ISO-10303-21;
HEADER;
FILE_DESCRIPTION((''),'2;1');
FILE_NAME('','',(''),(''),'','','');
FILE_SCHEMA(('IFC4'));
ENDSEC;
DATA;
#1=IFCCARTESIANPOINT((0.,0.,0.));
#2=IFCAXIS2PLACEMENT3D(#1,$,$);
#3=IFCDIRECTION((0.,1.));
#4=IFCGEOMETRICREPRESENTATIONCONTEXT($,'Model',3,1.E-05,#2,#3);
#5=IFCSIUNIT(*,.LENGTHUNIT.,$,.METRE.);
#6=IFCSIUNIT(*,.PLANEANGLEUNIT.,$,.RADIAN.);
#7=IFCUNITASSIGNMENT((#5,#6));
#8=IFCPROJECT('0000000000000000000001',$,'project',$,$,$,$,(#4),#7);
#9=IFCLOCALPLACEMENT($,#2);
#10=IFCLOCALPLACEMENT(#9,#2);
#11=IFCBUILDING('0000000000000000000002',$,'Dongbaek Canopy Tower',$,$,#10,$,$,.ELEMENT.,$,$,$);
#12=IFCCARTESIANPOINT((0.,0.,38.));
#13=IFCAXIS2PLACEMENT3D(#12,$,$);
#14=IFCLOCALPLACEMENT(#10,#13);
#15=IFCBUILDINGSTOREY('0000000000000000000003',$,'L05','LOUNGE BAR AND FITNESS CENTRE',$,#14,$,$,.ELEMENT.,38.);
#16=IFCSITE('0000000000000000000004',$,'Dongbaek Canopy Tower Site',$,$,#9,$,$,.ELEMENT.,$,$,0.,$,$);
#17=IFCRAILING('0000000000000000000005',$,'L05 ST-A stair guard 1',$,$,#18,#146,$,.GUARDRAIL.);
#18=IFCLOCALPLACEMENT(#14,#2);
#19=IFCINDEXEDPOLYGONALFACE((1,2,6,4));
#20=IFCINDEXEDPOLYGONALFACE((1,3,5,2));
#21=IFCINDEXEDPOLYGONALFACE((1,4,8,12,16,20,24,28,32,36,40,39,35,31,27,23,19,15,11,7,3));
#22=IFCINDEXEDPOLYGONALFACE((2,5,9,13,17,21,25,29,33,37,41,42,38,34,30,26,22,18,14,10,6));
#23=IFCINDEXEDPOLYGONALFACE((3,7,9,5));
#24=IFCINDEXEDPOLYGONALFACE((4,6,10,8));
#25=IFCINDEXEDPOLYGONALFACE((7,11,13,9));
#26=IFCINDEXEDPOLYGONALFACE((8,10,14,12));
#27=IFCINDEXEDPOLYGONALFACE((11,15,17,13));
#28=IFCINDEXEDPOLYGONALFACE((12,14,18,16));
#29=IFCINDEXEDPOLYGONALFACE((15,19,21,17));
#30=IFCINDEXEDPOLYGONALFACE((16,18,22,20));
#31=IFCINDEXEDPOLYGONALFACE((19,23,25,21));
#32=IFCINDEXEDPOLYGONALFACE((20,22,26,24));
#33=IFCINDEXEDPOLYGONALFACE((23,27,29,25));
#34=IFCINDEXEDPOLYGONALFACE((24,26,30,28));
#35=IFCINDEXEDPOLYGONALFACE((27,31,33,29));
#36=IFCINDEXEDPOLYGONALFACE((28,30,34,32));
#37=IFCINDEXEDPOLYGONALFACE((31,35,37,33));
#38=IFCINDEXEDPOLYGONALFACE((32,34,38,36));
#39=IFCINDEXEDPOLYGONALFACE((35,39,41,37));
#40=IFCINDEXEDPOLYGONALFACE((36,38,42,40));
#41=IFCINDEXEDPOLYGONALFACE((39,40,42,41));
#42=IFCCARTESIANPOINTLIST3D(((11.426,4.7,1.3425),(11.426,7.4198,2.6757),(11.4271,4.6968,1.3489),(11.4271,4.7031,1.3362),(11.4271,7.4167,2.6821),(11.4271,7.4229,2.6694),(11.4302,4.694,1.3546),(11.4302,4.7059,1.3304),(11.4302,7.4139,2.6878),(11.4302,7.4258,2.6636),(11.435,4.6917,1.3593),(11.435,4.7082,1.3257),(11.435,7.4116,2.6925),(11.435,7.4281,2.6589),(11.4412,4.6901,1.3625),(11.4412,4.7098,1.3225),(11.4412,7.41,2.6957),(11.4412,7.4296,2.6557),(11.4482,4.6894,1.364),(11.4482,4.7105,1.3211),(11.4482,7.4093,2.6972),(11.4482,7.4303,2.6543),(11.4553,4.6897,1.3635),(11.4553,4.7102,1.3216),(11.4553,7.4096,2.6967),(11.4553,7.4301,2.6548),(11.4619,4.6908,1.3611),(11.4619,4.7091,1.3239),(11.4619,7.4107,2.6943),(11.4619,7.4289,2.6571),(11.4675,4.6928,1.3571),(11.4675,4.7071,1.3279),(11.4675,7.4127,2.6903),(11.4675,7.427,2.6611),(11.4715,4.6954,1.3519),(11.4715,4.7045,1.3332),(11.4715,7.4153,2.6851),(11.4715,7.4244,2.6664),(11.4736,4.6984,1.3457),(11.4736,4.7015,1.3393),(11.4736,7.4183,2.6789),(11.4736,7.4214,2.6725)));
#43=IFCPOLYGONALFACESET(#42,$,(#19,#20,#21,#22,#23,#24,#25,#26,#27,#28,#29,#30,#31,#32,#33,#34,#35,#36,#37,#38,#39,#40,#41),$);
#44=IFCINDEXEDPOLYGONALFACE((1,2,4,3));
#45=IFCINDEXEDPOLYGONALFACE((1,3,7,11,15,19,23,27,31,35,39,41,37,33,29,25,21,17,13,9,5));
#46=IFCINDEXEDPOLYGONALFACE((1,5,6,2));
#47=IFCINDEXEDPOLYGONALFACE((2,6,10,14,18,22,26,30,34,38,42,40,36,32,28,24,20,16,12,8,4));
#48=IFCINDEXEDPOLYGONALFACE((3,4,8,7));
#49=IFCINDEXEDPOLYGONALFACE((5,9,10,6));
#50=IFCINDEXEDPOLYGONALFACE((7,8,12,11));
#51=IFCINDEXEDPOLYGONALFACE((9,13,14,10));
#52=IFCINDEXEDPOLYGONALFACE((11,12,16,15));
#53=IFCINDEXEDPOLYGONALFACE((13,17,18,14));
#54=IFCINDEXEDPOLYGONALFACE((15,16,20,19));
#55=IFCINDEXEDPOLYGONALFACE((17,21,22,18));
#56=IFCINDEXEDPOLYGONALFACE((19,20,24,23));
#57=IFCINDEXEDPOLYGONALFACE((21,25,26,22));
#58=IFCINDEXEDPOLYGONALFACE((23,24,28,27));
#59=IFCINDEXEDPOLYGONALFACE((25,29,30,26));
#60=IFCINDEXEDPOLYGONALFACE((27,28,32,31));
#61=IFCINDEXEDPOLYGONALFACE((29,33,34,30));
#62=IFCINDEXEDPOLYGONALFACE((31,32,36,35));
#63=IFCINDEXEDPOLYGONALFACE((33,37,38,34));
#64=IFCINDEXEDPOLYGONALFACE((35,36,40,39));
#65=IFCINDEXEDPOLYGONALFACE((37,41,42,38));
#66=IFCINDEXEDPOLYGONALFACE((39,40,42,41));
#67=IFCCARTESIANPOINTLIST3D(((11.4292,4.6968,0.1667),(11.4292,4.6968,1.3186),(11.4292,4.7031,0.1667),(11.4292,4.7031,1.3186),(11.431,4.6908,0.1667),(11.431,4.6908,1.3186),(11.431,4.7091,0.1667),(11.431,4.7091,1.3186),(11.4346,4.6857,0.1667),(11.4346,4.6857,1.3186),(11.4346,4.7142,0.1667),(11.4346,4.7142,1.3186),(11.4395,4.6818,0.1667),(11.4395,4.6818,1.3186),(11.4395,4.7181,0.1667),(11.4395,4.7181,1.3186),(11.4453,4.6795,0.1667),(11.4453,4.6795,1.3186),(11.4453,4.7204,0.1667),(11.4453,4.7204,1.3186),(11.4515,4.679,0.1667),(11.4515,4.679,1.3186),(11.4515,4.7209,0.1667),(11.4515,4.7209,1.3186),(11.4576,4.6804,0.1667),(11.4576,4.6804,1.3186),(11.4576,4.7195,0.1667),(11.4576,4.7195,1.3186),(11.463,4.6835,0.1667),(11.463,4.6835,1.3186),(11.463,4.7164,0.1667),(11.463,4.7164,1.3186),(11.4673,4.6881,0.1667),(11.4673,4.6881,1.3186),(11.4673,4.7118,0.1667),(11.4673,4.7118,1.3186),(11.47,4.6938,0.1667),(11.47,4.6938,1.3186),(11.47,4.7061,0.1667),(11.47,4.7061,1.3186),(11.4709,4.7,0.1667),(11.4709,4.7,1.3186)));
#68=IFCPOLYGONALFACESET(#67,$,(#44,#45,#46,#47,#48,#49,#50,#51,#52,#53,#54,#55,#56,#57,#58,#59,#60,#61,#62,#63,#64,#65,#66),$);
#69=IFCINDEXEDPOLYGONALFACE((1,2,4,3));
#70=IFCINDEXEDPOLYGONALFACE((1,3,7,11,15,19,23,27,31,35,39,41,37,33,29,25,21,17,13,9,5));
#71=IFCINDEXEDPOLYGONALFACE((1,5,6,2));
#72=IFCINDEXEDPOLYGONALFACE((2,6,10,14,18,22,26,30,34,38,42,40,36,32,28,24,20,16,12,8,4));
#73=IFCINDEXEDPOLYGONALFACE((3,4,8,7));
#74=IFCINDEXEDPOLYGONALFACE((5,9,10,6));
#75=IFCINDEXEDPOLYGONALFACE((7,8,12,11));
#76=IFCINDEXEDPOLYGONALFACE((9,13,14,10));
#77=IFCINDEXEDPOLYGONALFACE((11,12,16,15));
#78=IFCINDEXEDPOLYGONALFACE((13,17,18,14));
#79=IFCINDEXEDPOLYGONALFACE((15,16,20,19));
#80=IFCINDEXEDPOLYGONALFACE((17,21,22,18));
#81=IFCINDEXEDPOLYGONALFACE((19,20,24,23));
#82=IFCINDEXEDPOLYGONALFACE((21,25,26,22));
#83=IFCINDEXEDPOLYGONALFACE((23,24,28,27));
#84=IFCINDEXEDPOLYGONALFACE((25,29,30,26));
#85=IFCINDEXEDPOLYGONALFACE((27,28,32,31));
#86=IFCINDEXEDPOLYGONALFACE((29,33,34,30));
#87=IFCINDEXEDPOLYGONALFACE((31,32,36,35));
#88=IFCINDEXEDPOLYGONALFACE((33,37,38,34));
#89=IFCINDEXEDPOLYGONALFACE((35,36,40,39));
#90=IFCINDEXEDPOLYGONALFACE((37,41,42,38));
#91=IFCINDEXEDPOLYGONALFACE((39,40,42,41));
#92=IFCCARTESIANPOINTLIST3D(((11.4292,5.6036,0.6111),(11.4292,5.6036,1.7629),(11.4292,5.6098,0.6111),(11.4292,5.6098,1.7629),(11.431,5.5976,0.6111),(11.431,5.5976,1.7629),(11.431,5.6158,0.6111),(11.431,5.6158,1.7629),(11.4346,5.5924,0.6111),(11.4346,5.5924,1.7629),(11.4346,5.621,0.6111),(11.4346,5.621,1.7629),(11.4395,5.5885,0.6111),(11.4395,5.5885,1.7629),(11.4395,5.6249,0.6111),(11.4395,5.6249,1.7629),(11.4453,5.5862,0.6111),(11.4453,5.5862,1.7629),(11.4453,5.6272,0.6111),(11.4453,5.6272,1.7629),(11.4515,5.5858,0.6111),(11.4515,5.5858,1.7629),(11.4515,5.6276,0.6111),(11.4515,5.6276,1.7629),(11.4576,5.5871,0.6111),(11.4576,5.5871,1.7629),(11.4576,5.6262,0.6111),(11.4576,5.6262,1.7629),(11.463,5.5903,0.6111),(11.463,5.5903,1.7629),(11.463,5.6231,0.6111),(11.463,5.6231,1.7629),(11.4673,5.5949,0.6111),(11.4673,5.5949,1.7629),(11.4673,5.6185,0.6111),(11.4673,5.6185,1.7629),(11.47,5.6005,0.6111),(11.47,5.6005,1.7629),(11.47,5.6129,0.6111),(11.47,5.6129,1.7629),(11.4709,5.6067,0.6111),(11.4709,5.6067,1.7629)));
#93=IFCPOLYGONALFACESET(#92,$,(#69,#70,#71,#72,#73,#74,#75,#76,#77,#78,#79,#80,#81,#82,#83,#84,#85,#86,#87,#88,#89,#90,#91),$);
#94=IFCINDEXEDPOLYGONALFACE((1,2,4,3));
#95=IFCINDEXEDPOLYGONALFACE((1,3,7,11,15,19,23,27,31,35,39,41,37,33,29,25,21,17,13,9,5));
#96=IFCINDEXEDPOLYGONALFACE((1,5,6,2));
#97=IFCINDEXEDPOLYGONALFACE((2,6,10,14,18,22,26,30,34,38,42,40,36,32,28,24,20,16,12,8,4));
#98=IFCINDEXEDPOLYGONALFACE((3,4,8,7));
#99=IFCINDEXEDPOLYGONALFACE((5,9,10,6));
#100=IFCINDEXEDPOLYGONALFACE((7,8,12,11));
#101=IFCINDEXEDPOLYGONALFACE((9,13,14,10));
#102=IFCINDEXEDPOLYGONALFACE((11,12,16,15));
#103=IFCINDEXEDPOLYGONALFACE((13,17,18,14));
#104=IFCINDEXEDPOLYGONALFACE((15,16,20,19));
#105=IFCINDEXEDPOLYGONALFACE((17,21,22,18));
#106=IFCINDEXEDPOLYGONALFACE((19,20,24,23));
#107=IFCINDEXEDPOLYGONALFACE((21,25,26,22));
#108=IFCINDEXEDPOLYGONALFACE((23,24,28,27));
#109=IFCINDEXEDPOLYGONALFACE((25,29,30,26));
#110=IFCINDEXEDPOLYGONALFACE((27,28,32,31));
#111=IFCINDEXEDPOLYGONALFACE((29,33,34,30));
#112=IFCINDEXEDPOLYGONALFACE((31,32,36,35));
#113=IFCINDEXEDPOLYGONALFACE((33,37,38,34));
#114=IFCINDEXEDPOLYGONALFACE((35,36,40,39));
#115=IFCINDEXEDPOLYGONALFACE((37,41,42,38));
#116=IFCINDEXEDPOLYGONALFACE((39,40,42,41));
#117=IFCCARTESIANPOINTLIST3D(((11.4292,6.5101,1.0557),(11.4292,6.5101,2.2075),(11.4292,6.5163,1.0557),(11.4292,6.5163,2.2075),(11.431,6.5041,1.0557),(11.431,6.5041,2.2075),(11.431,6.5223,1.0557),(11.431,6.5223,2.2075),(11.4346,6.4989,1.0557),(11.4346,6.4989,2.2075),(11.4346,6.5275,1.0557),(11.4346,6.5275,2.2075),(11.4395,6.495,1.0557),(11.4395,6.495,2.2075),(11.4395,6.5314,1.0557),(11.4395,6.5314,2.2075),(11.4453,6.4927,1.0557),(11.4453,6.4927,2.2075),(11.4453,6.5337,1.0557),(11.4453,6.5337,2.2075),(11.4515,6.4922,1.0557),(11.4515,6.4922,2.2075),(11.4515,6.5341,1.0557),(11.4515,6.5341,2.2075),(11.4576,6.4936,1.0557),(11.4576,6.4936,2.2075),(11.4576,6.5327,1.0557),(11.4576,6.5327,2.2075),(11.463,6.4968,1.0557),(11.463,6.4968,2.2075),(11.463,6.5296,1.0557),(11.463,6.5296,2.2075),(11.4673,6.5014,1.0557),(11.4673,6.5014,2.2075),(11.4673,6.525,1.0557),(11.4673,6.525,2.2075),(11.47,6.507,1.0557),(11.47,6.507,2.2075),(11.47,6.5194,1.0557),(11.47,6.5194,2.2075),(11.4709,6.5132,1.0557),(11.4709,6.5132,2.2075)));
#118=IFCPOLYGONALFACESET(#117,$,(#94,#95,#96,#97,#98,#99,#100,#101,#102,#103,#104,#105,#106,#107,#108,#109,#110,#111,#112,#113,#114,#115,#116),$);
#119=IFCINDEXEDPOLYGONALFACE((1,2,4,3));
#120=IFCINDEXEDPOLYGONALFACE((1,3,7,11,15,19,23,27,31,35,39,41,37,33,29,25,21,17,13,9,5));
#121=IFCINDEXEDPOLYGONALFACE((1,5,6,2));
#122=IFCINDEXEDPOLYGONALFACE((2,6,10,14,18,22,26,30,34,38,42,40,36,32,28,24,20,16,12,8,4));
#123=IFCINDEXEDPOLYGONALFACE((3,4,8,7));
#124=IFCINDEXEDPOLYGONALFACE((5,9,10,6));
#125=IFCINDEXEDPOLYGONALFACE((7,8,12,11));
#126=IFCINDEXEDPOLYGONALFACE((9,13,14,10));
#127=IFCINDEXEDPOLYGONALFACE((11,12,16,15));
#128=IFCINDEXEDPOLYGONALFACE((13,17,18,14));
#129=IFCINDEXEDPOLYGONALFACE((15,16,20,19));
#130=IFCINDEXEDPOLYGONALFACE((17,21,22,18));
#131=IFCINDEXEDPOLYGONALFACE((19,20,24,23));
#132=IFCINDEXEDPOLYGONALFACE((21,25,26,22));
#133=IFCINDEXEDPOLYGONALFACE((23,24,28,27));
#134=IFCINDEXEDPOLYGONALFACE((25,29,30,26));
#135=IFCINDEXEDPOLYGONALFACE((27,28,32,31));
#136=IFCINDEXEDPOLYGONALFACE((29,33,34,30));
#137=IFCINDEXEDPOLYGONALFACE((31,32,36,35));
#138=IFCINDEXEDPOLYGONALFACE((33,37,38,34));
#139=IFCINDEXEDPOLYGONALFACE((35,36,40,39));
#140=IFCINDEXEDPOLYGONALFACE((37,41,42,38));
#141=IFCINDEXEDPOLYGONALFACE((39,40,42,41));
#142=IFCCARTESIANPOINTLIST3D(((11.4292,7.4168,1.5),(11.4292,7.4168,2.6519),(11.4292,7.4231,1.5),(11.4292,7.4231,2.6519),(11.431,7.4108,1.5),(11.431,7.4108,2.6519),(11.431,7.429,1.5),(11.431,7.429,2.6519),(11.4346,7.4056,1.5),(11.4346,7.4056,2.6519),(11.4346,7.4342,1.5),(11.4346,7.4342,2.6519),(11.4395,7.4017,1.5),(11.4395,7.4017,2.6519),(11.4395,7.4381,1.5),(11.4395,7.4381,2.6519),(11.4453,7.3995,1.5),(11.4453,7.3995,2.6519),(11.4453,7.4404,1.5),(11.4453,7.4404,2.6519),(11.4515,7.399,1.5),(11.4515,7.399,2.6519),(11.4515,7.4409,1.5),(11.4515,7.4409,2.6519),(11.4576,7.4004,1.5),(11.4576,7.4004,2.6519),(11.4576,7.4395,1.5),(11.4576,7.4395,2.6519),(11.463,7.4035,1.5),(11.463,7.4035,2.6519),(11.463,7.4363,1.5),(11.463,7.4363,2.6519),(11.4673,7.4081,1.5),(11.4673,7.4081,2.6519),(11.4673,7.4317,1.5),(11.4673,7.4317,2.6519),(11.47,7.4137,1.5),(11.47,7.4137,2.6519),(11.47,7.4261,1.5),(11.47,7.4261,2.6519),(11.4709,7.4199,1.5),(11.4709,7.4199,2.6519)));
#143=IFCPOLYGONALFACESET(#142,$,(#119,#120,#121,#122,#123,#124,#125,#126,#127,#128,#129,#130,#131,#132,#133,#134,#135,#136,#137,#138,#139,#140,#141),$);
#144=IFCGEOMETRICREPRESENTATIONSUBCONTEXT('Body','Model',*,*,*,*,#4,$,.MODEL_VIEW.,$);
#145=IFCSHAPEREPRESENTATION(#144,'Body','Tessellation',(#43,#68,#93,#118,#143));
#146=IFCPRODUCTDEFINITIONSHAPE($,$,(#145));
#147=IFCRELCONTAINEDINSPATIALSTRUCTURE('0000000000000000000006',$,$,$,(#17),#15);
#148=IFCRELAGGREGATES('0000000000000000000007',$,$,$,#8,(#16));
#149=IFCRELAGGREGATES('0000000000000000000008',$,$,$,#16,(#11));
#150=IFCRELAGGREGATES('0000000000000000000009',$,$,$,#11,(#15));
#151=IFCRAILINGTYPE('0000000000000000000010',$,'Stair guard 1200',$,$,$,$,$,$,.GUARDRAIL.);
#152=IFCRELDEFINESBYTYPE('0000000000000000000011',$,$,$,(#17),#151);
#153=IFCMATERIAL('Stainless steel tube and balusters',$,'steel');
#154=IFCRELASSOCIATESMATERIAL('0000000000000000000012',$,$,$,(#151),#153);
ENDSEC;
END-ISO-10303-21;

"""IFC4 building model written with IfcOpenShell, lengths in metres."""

from ifc_helpers import new_model, si_unit, direction, frame, origin, origin_2d, place, context, subcontext, project, spatial, circle, extrude, material, type_object, element, save


model = new_model("IFC4")

# Units and contexts
model_context = context("Model", 3, precision=1e-05, world=origin(), true_north=direction((0.0, 1.0)))
body_context = subcontext(model_context, "Body", "Model", "MODEL_VIEW")
ifc_project = project(units=[si_unit("LENGTHUNIT", "METRE"), si_unit("PLANEANGLEUNIT", "RADIAN")], contexts=[model_context])

# Site, building, storey
site_placement = place(None, origin())
site = spatial("IfcSite", under=ifc_project, at=site_placement, Name="Dongbaek Canopy Tower Site", CompositionType="ELEMENT", RefElevation=0.0)
building_placement = place(site_placement, origin())
building = spatial("IfcBuilding", under=site, at=building_placement, Name="Dongbaek Canopy Tower", CompositionType="ELEMENT")
storey_placement = place(building_placement, frame((0.0, 0.0, 38.0)))
storey = spatial("IfcBuildingStorey", under=building, at=storey_placement, Name="L05", Description="LOUNGE BAR AND FITNESS CENTRE", CompositionType="ELEMENT", Elevation=38.0)

# Railing
ifc_material_1 = material(Name="Stainless steel tube and balusters", Category="steel")
railing_type_1 = type_object("IfcRailingType", Name="Stair guard 1200", PredefinedType="GUARDRAIL", material=ifc_material_1)
railing_1_placement = place(storey_placement, frame((11.45, 4.7, 0.1667)))
element("IfcRailing", 1, at=railing_1_placement, inside=storey, type_object=railing_type_1, Name="L05 ST-A stair guard 1", PredefinedType="GUARDRAIL", context=body_context, shape_type="SweptSolid", body=[
    extrude(circle(Radius=0.0239, at=origin_2d()), frame((0.0, 0.0, 1.1758), z_axis=(0.0, 0.897929, 0.440139), x_axis=(-1.0, 0.0, 0.0)), (0.0, 0.0, 1.0), 3.0291),
    extrude(circle(Radius=0.021, at=origin_2d()), origin(), (0.0, 0.0, 1.0), 1.1519),
    extrude(circle(Radius=0.021, at=origin_2d()), frame((0.0, 0.9067, 0.4443)), (0.0, 0.0, 1.0), 1.1519),
    extrude(circle(Radius=0.021, at=origin_2d()), frame((0.0, 1.8132, 0.8889)), (0.0, 0.0, 1.0), 1.1519),
    extrude(circle(Radius=0.021, at=origin_2d()), frame((0.0, 2.72, 1.3333)), (0.0, 0.0, 1.0), 1.1519),
])

save(model, "model.ifc")
